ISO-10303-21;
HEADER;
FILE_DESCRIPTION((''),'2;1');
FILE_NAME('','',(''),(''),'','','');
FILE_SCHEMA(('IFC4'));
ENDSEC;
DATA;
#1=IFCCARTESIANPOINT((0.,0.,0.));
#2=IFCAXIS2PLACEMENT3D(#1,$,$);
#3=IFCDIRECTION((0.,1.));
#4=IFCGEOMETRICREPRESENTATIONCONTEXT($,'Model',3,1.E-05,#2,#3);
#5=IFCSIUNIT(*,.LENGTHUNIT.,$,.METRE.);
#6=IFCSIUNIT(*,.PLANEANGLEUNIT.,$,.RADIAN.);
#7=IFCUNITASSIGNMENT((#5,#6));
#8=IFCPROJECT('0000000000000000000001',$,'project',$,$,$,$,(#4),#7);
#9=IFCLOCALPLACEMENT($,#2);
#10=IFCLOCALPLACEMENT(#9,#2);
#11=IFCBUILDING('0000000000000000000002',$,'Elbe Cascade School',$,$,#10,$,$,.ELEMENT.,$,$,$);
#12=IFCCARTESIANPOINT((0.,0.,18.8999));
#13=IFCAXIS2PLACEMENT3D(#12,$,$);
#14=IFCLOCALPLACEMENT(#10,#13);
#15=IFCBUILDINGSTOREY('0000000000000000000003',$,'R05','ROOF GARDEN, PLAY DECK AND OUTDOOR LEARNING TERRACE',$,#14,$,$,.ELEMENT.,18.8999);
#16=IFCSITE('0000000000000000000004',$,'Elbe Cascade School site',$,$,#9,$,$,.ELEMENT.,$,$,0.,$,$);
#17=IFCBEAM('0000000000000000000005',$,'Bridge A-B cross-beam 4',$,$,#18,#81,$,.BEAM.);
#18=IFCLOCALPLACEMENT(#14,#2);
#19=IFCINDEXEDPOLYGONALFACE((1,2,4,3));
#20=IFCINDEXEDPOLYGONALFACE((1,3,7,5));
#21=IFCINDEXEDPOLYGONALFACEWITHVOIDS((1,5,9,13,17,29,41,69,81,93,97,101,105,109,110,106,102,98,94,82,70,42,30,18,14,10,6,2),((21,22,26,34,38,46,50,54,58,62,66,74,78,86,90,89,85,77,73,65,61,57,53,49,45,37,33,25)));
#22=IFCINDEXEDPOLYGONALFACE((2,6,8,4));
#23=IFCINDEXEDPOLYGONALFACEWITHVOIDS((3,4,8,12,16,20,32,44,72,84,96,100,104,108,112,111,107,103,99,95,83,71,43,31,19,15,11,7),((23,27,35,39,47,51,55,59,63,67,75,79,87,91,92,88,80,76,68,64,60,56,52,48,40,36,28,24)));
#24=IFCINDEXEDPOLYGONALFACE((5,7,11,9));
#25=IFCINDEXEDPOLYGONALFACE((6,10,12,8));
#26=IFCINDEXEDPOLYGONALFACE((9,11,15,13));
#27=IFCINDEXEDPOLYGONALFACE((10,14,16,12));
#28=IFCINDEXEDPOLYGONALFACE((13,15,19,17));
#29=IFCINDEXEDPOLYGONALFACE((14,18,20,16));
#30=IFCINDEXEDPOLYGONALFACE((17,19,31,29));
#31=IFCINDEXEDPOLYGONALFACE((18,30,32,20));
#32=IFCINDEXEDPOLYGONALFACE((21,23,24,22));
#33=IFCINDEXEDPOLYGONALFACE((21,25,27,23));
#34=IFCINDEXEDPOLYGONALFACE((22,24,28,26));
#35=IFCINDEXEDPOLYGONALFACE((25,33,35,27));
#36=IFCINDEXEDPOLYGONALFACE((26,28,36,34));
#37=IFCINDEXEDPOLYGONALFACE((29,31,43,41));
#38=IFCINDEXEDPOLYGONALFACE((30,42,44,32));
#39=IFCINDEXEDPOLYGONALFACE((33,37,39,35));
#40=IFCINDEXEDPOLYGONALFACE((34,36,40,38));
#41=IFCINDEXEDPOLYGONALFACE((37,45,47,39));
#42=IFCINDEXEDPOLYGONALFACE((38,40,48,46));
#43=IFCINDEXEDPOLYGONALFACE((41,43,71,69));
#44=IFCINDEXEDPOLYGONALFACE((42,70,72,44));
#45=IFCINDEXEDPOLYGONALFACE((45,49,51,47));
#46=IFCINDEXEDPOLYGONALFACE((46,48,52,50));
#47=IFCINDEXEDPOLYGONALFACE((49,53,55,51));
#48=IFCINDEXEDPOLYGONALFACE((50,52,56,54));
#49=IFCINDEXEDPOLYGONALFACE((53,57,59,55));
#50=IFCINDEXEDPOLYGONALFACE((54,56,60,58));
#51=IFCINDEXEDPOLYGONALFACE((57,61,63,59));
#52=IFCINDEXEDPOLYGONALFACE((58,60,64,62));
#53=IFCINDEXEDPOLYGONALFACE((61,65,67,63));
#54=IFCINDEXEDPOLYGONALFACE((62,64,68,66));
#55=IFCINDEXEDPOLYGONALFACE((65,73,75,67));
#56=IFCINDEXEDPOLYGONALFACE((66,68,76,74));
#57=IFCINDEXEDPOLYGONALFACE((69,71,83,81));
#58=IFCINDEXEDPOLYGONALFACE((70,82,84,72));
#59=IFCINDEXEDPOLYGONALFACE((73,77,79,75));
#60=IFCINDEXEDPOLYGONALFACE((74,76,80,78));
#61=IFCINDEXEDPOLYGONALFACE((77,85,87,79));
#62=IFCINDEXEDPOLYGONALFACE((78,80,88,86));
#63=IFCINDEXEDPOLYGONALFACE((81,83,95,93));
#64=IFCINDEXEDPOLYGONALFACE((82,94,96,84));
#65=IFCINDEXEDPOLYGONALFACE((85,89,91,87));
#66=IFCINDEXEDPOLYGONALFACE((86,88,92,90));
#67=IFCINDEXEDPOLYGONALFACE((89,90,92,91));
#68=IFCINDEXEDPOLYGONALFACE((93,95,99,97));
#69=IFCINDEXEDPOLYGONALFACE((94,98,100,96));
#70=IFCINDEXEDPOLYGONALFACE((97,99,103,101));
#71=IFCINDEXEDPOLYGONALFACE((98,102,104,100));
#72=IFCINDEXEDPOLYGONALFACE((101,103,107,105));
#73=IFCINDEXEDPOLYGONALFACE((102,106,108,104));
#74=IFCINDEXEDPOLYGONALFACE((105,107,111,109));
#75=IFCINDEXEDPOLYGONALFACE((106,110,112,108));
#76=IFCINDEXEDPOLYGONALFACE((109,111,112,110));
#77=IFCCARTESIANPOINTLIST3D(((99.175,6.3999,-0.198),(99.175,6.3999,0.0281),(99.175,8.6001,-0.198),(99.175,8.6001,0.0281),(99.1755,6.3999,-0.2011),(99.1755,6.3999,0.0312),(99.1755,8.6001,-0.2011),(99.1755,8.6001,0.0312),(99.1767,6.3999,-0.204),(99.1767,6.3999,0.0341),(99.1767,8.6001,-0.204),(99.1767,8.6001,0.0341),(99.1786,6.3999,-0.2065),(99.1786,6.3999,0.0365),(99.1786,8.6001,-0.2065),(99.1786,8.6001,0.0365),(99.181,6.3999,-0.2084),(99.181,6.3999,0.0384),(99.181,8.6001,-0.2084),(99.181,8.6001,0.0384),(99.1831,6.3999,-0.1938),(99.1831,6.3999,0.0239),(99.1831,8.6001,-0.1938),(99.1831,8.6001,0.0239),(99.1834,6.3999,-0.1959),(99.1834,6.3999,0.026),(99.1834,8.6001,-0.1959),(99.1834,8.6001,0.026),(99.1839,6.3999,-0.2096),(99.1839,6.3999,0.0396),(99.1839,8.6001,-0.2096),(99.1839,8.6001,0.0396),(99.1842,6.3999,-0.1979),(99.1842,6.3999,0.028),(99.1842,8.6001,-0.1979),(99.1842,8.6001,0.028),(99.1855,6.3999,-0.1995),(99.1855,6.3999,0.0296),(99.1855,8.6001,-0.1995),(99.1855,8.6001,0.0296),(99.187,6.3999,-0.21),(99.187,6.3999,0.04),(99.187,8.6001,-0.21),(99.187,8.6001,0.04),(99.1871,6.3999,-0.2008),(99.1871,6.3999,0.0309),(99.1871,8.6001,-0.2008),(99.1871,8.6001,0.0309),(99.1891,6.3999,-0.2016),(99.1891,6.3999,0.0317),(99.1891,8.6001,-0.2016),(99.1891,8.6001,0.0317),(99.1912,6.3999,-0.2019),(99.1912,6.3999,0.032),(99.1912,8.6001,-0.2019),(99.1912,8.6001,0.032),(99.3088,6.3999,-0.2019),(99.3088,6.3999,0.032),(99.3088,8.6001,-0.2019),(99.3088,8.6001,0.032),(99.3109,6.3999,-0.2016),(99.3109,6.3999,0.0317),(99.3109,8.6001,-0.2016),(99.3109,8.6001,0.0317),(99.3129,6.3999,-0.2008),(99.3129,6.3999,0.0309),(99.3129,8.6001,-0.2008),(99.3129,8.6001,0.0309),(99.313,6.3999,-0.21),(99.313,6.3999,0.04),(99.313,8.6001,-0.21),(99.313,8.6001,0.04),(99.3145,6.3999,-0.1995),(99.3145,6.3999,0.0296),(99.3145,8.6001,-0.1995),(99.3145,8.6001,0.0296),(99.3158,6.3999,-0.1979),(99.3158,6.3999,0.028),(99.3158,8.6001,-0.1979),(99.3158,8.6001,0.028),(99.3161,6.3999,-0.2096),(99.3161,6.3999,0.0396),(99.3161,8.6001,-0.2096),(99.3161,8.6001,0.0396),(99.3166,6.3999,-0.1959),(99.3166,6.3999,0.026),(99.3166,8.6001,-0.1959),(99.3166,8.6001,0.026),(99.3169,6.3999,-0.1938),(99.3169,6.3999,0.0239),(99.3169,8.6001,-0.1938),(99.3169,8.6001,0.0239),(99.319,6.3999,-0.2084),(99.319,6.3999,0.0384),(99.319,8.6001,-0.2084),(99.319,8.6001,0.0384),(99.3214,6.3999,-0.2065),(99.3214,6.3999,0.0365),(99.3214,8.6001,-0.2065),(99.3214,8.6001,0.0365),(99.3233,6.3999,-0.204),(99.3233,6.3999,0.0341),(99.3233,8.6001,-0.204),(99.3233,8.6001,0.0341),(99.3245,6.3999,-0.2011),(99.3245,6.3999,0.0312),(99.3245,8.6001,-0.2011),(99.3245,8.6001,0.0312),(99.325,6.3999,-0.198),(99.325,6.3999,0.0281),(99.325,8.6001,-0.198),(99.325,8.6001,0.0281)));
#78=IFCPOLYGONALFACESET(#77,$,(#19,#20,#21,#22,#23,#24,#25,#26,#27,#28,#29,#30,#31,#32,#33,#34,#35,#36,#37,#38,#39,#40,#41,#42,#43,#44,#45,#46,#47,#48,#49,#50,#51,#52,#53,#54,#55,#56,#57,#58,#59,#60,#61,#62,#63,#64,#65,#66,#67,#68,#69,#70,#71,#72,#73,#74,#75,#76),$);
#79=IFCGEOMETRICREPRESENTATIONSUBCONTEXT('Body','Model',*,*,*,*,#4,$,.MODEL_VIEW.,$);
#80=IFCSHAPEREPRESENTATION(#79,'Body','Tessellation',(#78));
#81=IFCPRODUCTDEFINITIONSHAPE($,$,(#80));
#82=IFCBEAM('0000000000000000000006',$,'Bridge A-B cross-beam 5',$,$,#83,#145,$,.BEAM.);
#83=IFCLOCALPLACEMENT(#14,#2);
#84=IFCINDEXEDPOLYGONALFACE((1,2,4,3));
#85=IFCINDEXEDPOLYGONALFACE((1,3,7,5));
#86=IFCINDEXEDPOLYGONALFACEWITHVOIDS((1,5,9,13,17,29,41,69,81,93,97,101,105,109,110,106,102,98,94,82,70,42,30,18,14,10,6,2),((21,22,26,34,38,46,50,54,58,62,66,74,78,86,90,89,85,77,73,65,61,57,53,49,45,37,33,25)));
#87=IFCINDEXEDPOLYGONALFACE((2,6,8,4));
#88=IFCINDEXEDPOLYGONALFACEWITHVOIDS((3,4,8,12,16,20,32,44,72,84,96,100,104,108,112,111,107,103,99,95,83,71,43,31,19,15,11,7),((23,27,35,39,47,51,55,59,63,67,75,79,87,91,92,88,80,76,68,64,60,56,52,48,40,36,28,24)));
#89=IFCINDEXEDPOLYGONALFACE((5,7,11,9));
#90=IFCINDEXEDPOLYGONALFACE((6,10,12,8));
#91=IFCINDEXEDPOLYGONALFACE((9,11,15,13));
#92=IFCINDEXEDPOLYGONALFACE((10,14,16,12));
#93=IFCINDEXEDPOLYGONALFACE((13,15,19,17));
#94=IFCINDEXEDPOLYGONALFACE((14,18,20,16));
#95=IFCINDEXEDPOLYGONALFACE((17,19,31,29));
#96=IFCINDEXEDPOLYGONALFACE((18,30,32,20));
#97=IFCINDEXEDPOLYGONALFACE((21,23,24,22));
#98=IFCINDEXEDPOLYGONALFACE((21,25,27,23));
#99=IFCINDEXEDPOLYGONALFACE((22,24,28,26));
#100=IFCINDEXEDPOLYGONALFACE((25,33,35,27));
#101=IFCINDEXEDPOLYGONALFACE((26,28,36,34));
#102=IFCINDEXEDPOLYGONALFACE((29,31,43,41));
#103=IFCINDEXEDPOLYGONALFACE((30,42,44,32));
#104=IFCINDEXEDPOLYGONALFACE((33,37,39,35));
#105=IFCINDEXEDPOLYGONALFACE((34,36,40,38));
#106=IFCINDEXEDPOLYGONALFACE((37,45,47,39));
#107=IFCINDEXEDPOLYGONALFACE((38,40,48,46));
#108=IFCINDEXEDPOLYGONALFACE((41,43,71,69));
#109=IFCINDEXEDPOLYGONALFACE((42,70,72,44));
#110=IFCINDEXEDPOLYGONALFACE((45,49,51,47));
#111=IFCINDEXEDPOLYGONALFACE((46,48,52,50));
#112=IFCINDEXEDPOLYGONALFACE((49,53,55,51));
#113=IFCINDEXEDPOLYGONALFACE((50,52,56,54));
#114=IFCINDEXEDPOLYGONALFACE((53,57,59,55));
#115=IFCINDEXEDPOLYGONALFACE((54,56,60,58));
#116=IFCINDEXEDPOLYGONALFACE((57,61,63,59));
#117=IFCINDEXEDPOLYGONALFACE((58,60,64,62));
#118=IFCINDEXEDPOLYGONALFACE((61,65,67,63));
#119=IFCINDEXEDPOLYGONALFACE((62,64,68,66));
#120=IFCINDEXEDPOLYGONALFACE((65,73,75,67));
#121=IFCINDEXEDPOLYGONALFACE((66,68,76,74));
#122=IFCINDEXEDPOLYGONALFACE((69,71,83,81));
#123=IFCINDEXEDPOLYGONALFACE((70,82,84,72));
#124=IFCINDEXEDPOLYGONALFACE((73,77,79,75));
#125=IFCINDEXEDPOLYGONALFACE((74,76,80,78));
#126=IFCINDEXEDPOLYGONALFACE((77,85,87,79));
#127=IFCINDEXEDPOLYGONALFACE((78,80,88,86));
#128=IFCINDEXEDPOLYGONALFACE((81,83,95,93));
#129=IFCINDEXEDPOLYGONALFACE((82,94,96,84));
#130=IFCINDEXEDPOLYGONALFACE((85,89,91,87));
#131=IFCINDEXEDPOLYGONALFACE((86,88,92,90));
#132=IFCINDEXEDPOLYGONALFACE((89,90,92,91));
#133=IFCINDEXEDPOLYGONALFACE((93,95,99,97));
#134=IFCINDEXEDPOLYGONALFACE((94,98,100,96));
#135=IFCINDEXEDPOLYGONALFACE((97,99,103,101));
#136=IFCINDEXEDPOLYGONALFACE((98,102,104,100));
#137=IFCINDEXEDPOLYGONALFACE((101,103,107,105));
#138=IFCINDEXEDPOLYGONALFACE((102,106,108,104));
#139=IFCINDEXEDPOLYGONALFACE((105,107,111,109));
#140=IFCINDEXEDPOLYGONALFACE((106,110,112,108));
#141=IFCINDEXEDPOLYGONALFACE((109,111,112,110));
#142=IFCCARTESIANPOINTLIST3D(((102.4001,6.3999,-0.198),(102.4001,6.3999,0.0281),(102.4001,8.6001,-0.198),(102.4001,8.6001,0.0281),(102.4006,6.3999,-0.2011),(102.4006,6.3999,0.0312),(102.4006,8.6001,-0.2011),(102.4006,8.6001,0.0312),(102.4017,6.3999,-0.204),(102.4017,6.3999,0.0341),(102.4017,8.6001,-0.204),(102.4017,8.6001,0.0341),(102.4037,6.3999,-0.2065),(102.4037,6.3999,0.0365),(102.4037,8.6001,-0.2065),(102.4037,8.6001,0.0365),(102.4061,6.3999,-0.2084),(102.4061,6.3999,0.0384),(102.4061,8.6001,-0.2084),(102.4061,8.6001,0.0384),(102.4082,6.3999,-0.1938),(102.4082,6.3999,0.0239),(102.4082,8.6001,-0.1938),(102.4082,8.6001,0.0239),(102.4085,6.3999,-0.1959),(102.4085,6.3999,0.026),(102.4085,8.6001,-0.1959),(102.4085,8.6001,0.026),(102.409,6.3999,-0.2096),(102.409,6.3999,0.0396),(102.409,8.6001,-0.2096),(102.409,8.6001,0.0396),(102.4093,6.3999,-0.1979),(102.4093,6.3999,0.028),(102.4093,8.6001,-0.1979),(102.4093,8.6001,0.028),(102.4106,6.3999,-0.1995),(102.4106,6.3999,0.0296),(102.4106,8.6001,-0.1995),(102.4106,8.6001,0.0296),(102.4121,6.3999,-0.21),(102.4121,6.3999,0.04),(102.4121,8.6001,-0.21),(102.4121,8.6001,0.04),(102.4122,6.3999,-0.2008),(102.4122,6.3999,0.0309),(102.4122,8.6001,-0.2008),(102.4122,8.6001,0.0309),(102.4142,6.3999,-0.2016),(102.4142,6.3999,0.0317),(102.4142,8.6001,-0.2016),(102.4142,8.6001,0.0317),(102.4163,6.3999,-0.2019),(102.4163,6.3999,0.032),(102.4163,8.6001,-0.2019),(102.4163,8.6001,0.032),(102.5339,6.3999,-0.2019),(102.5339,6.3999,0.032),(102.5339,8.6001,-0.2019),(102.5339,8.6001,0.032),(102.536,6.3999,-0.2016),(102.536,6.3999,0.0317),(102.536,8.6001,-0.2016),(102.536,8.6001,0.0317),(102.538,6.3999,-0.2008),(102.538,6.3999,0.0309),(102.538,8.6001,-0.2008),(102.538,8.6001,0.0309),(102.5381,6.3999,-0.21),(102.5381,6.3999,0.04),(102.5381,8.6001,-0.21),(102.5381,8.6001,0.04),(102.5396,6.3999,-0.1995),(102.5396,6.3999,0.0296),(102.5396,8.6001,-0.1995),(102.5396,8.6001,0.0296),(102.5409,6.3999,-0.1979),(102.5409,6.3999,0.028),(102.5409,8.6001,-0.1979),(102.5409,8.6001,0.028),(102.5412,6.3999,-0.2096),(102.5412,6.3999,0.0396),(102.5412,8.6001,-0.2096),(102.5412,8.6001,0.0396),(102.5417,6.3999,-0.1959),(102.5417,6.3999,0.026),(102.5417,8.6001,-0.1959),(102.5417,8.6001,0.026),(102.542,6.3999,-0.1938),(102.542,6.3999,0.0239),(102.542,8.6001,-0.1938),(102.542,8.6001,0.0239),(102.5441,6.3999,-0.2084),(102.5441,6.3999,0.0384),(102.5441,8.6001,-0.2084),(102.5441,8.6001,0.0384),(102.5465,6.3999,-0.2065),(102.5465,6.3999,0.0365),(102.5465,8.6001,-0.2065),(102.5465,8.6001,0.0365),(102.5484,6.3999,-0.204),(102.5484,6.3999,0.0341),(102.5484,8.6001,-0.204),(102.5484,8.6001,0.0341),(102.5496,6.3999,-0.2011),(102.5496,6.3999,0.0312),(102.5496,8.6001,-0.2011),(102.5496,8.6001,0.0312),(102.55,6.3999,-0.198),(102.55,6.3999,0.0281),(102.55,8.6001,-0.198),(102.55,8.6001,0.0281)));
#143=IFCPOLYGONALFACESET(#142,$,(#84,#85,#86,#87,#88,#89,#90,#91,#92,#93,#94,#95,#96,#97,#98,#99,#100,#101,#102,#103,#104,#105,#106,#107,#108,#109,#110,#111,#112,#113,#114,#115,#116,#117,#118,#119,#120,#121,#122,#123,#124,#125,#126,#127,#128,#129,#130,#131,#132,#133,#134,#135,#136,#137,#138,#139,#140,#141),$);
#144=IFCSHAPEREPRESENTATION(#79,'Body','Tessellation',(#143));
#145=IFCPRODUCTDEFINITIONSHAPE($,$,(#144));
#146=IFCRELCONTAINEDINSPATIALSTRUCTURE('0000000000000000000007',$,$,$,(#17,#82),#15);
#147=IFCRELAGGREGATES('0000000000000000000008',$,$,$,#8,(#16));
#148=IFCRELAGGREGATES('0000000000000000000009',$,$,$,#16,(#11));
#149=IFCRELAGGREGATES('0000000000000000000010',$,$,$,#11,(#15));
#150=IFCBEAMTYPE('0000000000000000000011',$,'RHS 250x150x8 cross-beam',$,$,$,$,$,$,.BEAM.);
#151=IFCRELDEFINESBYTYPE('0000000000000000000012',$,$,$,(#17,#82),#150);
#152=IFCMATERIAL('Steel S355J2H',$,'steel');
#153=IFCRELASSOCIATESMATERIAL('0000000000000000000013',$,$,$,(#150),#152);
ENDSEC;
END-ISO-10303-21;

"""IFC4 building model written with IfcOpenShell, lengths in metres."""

from ifc_helpers import new_model, si_unit, direction, frame, origin, origin_2d, place, context, subcontext, project, spatial, hollow_rectangle, extrude, material, material_profile, profile_set, type_object, element, save


model = new_model("IFC4")

# Units and contexts
model_context = context("Model", 3, precision=1e-05, world=origin(), true_north=direction((0.0, 1.0)))
body_context = subcontext(model_context, "Body", "Model", "MODEL_VIEW")
ifc_project = project(units=[si_unit("LENGTHUNIT", "METRE"), si_unit("PLANEANGLEUNIT", "RADIAN")], contexts=[model_context])

# Site, building, storey
site_placement = place(None, origin())
site = spatial("IfcSite", under=ifc_project, at=site_placement, Name="Elbe Cascade School site", CompositionType="ELEMENT", RefElevation=0.0)
building_placement = place(site_placement, origin())
building = spatial("IfcBuilding", under=site, at=building_placement, Name="Elbe Cascade School", CompositionType="ELEMENT")
storey_placement = place(building_placement, frame((0.0, 0.0, 18.8999)))
storey = spatial("IfcBuildingStorey", under=building, at=storey_placement, Name="R05", Description="ROOF GARDEN, PLAY DECK AND OUTDOOR LEARNING TERRACE", CompositionType="ELEMENT", Elevation=18.8999)

# Beams
ifc_material_1 = material(Name="Steel S355J2H", Category="steel")
ifc_material_profile_1 = material_profile(ifc_material_1, hollow_rectangle(XDim=0.1499, YDim=0.25, WallThickness=0.0081, InnerFilletRadius=0.0081, OuterFilletRadius=0.012, at=origin_2d()), Name="RHS 250x150x8")
ifc_profile_set_1 = profile_set([ifc_material_profile_1], Name="Steel S355J2H")
beam_type_1 = type_object("IfcBeamType", Name="RHS 250x150x8 cross-beam", PredefinedType="BEAM", material=ifc_profile_set_1)
for number, where, z_axis, x_axis, name in (
    (1, (99.25, 6.3999, -0.085), (0.0, 1.0, 0.0), (-1.0, 0.0, 0.0), "Bridge A-B cross-beam 4"),
    (2, (102.4751, 6.3999, -0.085), (0.0, 1.0, 0.0), (-1.0, 0.0, 0.0), "Bridge A-B cross-beam 5"),
):
    element("IfcBeam", number, at=place(storey_placement, frame(where, z_axis=z_axis, x_axis=x_axis)), inside=storey, type_object=beam_type_1, Name=name, PredefinedType="BEAM", context=body_context, shape_type="SweptSolid", body=[
        extrude(hollow_rectangle(XDim=0.1499, YDim=0.25, WallThickness=0.0081, InnerFilletRadius=0.0081, OuterFilletRadius=0.012, at=origin_2d()), origin(), (0.0, 0.0, 1.0), 2.2002),
    ])

save(model, "model.ifc")
